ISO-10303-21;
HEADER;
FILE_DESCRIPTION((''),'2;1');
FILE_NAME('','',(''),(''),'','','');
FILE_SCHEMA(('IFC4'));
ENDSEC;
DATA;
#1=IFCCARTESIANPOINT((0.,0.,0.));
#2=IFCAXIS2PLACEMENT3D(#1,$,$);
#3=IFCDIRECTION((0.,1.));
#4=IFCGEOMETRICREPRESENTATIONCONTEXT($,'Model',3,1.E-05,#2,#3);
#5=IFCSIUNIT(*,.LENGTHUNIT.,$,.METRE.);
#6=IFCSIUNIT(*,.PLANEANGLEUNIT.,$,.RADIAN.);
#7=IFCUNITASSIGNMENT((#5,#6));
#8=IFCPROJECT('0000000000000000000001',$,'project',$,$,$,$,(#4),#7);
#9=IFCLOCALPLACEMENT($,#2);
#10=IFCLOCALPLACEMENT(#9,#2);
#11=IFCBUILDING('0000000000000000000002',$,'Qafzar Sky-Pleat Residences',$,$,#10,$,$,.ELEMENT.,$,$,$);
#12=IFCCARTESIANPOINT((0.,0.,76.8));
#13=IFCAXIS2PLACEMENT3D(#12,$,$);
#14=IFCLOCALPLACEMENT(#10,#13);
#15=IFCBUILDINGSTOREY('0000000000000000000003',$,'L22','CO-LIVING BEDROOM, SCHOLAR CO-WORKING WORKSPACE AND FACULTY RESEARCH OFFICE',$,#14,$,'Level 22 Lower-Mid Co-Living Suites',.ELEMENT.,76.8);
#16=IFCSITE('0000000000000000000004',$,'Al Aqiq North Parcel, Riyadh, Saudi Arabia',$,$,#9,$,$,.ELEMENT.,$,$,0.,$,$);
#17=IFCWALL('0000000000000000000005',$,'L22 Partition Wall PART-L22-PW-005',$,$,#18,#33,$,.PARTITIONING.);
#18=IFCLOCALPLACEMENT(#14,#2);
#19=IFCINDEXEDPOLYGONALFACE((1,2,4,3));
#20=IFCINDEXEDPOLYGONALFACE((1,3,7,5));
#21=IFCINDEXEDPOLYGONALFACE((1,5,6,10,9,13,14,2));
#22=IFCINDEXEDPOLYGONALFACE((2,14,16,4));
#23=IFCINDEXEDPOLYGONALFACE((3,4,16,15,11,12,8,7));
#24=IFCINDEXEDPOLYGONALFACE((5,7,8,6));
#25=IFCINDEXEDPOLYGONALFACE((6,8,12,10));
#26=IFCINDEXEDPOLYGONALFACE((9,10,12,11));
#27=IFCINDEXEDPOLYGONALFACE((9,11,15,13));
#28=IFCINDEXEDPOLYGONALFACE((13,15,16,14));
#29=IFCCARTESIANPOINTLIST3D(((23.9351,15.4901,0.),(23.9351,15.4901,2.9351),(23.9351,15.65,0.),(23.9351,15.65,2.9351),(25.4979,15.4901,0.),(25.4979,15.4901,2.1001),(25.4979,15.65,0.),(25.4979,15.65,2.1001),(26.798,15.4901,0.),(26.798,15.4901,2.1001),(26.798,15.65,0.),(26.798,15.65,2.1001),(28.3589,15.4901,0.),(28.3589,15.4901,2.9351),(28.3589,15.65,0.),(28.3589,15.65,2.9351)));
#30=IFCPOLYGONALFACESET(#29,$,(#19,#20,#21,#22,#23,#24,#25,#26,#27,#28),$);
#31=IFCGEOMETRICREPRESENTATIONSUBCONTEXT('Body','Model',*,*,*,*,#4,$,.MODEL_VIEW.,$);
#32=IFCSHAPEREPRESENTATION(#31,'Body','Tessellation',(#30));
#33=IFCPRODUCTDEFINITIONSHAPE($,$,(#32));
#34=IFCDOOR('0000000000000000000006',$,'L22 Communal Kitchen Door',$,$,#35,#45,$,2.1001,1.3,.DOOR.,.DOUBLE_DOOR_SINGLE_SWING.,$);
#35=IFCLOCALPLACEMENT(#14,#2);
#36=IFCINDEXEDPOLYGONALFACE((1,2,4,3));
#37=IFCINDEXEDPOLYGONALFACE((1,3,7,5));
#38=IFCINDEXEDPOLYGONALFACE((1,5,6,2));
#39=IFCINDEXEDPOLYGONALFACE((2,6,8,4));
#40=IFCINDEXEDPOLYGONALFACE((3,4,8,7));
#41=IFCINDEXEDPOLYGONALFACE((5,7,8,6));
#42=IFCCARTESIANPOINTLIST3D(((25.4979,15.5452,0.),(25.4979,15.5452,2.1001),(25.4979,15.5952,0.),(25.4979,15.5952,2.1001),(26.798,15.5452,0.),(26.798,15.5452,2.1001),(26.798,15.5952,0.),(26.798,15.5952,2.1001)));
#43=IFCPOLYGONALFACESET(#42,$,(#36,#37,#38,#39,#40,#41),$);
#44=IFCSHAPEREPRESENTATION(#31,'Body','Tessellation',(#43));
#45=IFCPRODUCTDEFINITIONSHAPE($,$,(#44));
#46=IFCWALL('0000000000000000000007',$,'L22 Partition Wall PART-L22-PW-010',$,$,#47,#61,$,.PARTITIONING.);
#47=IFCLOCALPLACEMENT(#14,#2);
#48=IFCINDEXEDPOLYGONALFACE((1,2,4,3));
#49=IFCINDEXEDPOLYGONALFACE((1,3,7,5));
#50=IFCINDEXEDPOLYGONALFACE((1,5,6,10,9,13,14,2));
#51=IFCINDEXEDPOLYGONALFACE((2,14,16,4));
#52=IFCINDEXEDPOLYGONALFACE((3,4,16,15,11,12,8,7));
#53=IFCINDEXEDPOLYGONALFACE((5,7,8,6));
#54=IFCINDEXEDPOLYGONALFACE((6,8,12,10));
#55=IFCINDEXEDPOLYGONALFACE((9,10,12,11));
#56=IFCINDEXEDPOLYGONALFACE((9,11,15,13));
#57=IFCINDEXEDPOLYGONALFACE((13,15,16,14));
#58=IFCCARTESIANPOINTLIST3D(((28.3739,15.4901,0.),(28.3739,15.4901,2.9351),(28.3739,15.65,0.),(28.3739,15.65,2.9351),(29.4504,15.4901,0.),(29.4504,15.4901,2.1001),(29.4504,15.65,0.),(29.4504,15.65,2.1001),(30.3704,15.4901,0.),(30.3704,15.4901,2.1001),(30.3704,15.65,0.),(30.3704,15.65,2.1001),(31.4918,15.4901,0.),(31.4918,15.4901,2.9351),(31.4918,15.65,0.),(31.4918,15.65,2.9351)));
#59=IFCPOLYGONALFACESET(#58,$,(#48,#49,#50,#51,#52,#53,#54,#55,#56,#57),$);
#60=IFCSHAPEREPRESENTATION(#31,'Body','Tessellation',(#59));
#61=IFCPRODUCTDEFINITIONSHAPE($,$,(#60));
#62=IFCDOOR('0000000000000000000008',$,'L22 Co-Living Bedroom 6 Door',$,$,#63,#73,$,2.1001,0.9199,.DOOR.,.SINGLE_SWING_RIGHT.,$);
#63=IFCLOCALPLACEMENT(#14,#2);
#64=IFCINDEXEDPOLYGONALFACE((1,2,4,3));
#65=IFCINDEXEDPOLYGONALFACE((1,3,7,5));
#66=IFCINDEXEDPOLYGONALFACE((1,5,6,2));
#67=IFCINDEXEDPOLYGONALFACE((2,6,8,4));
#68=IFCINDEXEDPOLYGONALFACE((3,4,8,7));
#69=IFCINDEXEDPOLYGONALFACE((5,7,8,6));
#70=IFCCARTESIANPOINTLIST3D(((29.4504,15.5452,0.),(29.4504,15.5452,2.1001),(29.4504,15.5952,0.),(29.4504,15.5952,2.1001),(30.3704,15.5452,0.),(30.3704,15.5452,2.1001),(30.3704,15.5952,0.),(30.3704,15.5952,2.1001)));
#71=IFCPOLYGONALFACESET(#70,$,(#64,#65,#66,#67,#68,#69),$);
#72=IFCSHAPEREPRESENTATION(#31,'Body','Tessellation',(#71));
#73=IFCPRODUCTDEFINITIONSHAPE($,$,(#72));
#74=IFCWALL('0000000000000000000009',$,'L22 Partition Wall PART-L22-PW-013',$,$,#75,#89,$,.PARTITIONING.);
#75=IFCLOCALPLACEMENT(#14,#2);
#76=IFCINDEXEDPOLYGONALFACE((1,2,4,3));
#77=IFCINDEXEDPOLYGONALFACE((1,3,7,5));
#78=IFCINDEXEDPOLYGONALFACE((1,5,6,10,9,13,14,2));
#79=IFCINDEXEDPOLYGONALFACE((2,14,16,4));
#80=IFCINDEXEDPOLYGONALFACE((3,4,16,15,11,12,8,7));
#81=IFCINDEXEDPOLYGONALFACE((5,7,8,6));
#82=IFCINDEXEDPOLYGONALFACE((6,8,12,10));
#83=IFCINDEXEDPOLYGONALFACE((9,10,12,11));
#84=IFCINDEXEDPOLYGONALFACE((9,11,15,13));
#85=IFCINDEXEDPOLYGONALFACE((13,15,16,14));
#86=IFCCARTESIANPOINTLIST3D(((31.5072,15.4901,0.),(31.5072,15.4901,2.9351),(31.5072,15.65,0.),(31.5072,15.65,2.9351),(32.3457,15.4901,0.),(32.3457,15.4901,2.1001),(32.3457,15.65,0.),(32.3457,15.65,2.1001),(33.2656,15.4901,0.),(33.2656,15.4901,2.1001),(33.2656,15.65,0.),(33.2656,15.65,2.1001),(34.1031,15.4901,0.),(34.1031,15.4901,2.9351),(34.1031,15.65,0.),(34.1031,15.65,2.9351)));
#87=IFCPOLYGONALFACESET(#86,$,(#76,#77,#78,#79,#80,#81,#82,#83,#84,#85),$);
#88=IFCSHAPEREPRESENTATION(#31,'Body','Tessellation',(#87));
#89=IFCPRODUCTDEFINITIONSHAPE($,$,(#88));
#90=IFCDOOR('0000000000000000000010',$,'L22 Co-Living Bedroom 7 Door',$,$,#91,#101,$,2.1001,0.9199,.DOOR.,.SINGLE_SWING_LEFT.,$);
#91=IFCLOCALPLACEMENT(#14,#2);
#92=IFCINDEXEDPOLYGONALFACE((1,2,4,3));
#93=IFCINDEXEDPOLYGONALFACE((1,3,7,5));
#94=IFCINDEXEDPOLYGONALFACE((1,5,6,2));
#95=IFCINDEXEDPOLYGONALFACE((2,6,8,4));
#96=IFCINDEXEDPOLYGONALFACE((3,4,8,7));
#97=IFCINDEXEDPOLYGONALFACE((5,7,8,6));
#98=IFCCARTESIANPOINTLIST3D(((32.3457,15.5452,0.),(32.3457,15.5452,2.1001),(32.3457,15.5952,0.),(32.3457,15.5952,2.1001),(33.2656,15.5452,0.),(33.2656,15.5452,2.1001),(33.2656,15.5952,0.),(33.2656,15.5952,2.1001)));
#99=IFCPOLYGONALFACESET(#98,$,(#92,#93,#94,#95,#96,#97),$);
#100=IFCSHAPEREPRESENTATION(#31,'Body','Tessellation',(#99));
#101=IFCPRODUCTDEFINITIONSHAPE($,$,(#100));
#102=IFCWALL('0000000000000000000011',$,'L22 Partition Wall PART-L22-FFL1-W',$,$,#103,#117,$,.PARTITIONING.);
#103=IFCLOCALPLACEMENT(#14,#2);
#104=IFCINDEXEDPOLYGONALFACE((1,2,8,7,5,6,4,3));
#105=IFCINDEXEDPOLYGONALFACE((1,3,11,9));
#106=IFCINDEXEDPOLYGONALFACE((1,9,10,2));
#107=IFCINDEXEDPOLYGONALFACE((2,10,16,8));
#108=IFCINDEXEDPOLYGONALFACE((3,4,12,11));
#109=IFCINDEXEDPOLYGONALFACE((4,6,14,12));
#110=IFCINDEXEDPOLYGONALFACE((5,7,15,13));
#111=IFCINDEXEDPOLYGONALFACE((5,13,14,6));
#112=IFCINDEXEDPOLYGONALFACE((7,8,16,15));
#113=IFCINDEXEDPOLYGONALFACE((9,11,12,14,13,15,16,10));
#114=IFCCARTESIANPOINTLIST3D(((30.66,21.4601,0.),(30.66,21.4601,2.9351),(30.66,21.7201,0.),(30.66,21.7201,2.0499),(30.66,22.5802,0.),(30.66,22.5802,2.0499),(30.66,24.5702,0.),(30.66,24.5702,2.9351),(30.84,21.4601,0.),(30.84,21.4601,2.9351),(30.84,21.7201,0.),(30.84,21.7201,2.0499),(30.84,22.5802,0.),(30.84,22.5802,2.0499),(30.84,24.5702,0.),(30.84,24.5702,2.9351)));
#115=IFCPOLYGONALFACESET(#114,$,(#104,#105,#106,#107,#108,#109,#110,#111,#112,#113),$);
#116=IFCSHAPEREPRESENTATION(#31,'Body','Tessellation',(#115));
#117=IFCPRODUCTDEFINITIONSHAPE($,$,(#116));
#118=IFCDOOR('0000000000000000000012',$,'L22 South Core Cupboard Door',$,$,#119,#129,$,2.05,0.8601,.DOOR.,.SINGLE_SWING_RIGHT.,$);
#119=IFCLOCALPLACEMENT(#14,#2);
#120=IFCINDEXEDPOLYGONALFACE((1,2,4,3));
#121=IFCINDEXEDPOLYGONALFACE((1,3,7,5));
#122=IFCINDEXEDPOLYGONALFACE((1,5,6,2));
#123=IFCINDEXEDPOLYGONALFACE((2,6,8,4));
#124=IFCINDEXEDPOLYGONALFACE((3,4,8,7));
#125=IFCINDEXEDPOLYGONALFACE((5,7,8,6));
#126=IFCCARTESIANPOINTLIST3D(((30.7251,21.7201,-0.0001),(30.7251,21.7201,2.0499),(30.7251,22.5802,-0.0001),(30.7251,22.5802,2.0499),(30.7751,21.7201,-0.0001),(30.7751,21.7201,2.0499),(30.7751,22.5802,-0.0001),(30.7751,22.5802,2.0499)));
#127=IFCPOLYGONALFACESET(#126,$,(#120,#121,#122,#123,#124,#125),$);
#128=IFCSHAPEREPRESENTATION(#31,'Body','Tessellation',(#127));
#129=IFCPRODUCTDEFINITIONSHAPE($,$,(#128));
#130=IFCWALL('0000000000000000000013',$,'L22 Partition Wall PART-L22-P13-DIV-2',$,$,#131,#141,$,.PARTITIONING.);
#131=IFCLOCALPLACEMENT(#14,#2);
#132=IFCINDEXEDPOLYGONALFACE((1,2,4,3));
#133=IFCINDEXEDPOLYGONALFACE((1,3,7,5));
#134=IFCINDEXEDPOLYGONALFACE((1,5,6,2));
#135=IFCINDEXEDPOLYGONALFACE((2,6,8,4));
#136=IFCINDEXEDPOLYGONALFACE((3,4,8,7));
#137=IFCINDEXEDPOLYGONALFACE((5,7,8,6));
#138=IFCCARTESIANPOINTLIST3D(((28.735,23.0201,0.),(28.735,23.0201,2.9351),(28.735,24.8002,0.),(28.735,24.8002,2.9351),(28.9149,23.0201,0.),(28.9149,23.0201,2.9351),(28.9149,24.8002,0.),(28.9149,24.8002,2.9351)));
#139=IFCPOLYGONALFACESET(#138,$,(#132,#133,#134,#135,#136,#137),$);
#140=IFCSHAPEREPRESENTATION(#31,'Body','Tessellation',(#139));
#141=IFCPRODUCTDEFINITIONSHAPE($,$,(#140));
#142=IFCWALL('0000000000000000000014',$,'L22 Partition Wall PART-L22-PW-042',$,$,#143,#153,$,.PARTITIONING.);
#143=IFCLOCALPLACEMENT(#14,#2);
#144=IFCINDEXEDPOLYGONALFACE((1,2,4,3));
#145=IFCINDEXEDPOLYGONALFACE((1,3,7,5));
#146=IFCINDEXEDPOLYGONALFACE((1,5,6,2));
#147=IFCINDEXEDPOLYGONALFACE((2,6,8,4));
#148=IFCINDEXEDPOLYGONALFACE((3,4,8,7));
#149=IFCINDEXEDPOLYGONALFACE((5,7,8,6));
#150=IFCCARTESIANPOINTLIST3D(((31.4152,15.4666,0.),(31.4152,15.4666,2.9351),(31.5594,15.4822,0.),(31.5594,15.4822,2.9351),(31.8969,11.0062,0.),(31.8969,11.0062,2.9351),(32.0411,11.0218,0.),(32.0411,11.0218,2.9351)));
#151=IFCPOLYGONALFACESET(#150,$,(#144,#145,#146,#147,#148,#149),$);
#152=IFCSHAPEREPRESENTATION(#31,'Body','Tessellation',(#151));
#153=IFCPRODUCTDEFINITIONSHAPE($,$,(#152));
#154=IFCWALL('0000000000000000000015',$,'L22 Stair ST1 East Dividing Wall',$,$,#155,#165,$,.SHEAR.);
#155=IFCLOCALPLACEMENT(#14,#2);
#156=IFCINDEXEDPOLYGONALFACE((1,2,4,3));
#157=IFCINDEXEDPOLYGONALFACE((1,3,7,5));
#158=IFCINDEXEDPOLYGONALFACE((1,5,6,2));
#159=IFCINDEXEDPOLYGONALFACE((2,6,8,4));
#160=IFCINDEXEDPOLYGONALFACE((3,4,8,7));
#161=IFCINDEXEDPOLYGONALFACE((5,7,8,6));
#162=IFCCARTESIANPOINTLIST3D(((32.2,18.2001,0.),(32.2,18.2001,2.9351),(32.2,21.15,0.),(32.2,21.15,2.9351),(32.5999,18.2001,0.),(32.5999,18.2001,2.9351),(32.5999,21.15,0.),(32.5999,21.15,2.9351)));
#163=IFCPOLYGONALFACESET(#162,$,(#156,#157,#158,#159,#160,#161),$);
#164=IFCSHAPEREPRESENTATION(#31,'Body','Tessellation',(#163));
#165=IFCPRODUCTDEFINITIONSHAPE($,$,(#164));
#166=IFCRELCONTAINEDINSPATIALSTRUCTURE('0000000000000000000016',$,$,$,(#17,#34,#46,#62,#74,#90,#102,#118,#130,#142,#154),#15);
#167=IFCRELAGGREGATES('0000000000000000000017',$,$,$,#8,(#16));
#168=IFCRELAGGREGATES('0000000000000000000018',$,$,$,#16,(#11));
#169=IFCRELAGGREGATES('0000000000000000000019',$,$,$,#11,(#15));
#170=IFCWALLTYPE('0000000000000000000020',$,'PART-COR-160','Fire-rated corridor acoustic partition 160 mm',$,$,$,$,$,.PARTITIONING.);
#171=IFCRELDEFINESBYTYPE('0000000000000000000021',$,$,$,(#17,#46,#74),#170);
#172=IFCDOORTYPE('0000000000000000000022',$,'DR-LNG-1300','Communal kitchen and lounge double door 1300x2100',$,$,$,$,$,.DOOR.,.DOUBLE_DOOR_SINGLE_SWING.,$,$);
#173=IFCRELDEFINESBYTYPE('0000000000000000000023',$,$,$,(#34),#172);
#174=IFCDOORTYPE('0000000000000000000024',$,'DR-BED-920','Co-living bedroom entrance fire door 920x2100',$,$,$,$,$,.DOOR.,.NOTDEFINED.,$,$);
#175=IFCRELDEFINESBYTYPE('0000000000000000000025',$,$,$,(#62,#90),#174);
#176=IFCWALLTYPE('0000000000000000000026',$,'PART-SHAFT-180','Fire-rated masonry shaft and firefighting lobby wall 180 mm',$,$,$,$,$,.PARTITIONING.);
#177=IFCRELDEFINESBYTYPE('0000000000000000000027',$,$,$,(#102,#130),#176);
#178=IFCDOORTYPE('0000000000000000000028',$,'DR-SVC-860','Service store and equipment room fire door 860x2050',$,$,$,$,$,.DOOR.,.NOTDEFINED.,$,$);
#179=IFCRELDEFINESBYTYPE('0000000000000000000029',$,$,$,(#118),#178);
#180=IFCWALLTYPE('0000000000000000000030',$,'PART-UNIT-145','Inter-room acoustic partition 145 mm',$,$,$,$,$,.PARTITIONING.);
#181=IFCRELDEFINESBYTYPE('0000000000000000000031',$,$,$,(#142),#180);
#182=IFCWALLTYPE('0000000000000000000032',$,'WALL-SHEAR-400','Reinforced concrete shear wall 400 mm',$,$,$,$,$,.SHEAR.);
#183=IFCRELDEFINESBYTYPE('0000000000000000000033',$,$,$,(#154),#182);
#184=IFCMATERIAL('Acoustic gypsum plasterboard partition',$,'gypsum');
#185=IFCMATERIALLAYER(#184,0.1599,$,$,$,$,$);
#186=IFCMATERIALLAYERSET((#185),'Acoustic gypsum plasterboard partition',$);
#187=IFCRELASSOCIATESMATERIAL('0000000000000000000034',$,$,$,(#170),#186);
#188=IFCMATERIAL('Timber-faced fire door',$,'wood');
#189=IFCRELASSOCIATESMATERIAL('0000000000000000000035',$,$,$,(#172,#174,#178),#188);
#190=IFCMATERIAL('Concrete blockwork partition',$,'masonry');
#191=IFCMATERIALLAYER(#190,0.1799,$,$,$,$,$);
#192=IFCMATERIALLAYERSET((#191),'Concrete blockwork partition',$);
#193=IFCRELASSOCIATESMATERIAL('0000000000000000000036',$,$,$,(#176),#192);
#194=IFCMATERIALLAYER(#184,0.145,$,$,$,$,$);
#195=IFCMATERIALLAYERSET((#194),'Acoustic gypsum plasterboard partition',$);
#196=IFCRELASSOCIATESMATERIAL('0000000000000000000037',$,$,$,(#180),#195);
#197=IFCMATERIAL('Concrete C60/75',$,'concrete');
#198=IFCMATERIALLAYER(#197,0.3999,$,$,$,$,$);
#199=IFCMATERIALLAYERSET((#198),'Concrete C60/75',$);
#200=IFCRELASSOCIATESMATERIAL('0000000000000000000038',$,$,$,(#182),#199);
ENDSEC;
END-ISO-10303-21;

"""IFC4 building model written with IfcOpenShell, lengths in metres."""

from ifc_helpers import new_model, si_unit, direction, frame, frame_2d, origin, place, context, subcontext, project, spatial, rectangle, extrude, source, transform, mapped, material, layer, layer_set, type_object, element, fill, save


model = new_model("IFC4")

# Units and contexts
model_context = context("Model", 3, precision=1e-05, world=origin(), true_north=direction((0.0, 1.0)))
body_context = subcontext(model_context, "Body", "Model", "MODEL_VIEW")
ifc_project = project(units=[si_unit("LENGTHUNIT", "METRE"), si_unit("PLANEANGLEUNIT", "RADIAN")], contexts=[model_context])

# Site, building, storey
site_placement = place(None, origin())
site = spatial("IfcSite", under=ifc_project, at=site_placement, Name="Al Aqiq North Parcel, Riyadh, Saudi Arabia", CompositionType="ELEMENT", RefElevation=0.0)
building_placement = place(site_placement, origin())
building = spatial("IfcBuilding", under=site, at=building_placement, Name="Qafzar Sky-Pleat Residences", CompositionType="ELEMENT")
storey_placement = place(building_placement, frame((0.0, 0.0, 76.8)))
storey = spatial("IfcBuildingStorey", under=building, at=storey_placement, Name="L22", Description="CO-LIVING BEDROOM, SCHOLAR CO-WORKING WORKSPACE AND FACULTY RESEARCH OFFICE", LongName="Level 22 Lower-Mid Co-Living Suites", CompositionType="ELEMENT", Elevation=76.8)

# Walls, openings, doors
ifc_material_1 = material(Name="Acoustic gypsum plasterboard partition", Category="gypsum")
ifc_layer_1 = layer(ifc_material_1, 0.1599)
ifc_layer_set_1 = layer_set([ifc_layer_1], Name="Acoustic gypsum plasterboard partition")
wall_type_1 = type_object("IfcWallType", Name="PART-COR-160", Description="Fire-rated corridor acoustic partition 160 mm", PredefinedType="PARTITIONING", material=ifc_layer_set_1)
wall_1_placement = place(storey_placement, frame((28.3589, 15.5701, 0.0), z_axis=(0.0, 0.0, 1.0), x_axis=(-1.0, 0.0, 0.0)))
wall_1 = element("IfcWall", 1, at=wall_1_placement, inside=storey, type_object=wall_type_1, Name="L22 Partition Wall PART-L22-PW-005", PredefinedType="PARTITIONING", context=body_context, shape_type="SweptSolid", body=[
    extrude(rectangle(XDim=4.4238, YDim=0.1599, at=frame_2d((2.2119, 0.0))), origin(), (0.0, 0.0, 1.0), 2.9351),
])
opening_1_placement = place(wall_1_placement, frame((1.561, 0.0, 0.0)))
opening_1 = element("IfcOpeningElement", 2, at=opening_1_placement, cuts=wall_1, PredefinedType="OPENING", context=body_context, shape_type="SweptSolid", body=[
    extrude(rectangle(XDim=1.3, YDim=2.1001, at=frame_2d((0.6499, 1.05))), frame((0.0, 0.0898, 0.0), z_axis=(0.0, -1.0, 0.0), x_axis=(1.0, 0.0, 0.0)), (0.0, 0.0, 1.0), 0.1799),
])
ifc_material_2 = material(Name="Timber-faced fire door", Category="wood")
door_type_1 = type_object("IfcDoorType", Name="DR-LNG-1300", Description="Communal kitchen and lounge double door 1300x2100", OperationType="DOUBLE_DOOR_SINGLE_SWING", PredefinedType="DOOR", material=ifc_material_2)
shared_shape_1 = source(origin(), body_context, "Body", "SweptSolid", [
    extrude(rectangle(XDim=1.3, YDim=2.1001, at=frame_2d((0.6499, 1.05))), frame((0.0, 0.0249, 0.0), z_axis=(0.0, -1.0, 0.0), x_axis=(1.0, 0.0, 0.0)), (0.0, 0.0, 1.0), 0.05),
])
door_1_placement = place(opening_1_placement, origin())
door_1 = element("IfcDoor", 3, at=door_1_placement, inside=storey, type_object=door_type_1, Name="L22 Communal Kitchen Door", OperationType="DOUBLE_DOOR_SINGLE_SWING", OverallHeight=2.1001, OverallWidth=1.3, PredefinedType="DOOR", context=body_context, shape_type="MappedRepresentation", body=[
    mapped(shared_shape_1, transform((0.0, 0.0, 0.0), x_axis=(1.0, 0.0, 0.0), y_axis=(0.0, 1.0, 0.0), z_axis=(0.0, 0.0, 1.0), scale=1.0)),
])
fill(opening_1, door_1)
wall_2_placement = place(storey_placement, frame((31.4919, 15.5701, 0.0), z_axis=(0.0, 0.0, 1.0), x_axis=(-1.0, 0.0, 0.0)))
wall_2 = element("IfcWall", 4, at=wall_2_placement, inside=storey, type_object=wall_type_1, Name="L22 Partition Wall PART-L22-PW-010", PredefinedType="PARTITIONING", context=body_context, shape_type="SweptSolid", body=[
    extrude(rectangle(XDim=3.1179, YDim=0.1599, at=frame_2d((1.5591, 0.0))), origin(), (0.0, 0.0, 1.0), 2.9351),
])
opening_2_placement = place(wall_2_placement, frame((1.1216, 0.0, 0.0)))
opening_2 = element("IfcOpeningElement", 5, at=opening_2_placement, cuts=wall_2, PredefinedType="OPENING", context=body_context, shape_type="SweptSolid", body=[
    extrude(rectangle(XDim=0.9199, YDim=2.1001, at=frame_2d((0.46, 1.05))), frame((0.0, 0.0898, 0.0), z_axis=(0.0, -1.0, 0.0), x_axis=(1.0, 0.0, 0.0)), (0.0, 0.0, 1.0), 0.1799),
])
door_type_2 = type_object("IfcDoorType", Name="DR-BED-920", Description="Co-living bedroom entrance fire door 920x2100", OperationType="NOTDEFINED", PredefinedType="DOOR", material=ifc_material_2)
shared_shape_2 = source(origin(), body_context, "Body", "SweptSolid", [
    extrude(rectangle(XDim=0.9199, YDim=2.1001, at=frame_2d((0.46, 1.05))), frame((0.0, 0.0249, 0.0), z_axis=(0.0, -1.0, 0.0), x_axis=(1.0, 0.0, 0.0)), (0.0, 0.0, 1.0), 0.05),
])
door_2_placement = place(opening_2_placement, origin())
door_2 = element("IfcDoor", 6, at=door_2_placement, inside=storey, type_object=door_type_2, Name="L22 Co-Living Bedroom 6 Door", OperationType="SINGLE_SWING_RIGHT", OverallHeight=2.1001, OverallWidth=0.9199, PredefinedType="DOOR", context=body_context, shape_type="MappedRepresentation", body=[
    mapped(shared_shape_2, transform((0.0, 0.0, 0.0), x_axis=(1.0, 0.0, 0.0), y_axis=(0.0, 1.0, 0.0), z_axis=(0.0, 0.0, 1.0), scale=1.0)),
])
fill(opening_2, door_2)
wall_3_placement = place(storey_placement, frame((34.103, 15.5701, 0.0), z_axis=(0.0, 0.0, 1.0), x_axis=(-1.0, 0.0, 0.0)))
wall_3 = element("IfcWall", 7, at=wall_3_placement, inside=storey, type_object=wall_type_1, Name="L22 Partition Wall PART-L22-PW-013", PredefinedType="PARTITIONING", context=body_context, shape_type="SweptSolid", body=[
    extrude(rectangle(XDim=2.5959, YDim=0.1599, at=frame_2d((1.2979, 0.0))), origin(), (0.0, 0.0, 1.0), 2.9351),
])
opening_3_placement = place(wall_3_placement, frame((0.8374, 0.0, 0.0)))
opening_3 = element("IfcOpeningElement", 8, at=opening_3_placement, cuts=wall_3, PredefinedType="OPENING", context=body_context, shape_type="SweptSolid", body=[
    extrude(rectangle(XDim=0.9199, YDim=2.1001, at=frame_2d((0.46, 1.05))), frame((0.0, 0.0898, 0.0), z_axis=(0.0, -1.0, 0.0), x_axis=(1.0, 0.0, 0.0)), (0.0, 0.0, 1.0), 0.1799),
])
door_3_placement = place(opening_3_placement, origin())
door_3 = element("IfcDoor", 9, at=door_3_placement, inside=storey, type_object=door_type_2, Name="L22 Co-Living Bedroom 7 Door", OperationType="SINGLE_SWING_LEFT", OverallHeight=2.1001, OverallWidth=0.9199, PredefinedType="DOOR", context=body_context, shape_type="MappedRepresentation", body=[
    mapped(shared_shape_2, transform((0.0, 0.0, 0.0), x_axis=(1.0, 0.0, 0.0), y_axis=(0.0, 1.0, 0.0), z_axis=(0.0, 0.0, 1.0), scale=1.0)),
])
fill(opening_3, door_3)
ifc_material_3 = material(Name="Concrete blockwork partition", Category="masonry")
ifc_layer_2 = layer(ifc_material_3, 0.1799)
ifc_layer_set_2 = layer_set([ifc_layer_2], Name="Concrete blockwork partition")
wall_type_2 = type_object("IfcWallType", Name="PART-SHAFT-180", Description="Fire-rated masonry shaft and firefighting lobby wall 180 mm", PredefinedType="PARTITIONING", material=ifc_layer_set_2)
wall_4_placement = place(storey_placement, frame((30.75, 21.46, 0.0), z_axis=(0.0, 0.0, 1.0), x_axis=(0.0, 1.0, 0.0)))
wall_4 = element("IfcWall", 10, at=wall_4_placement, inside=storey, type_object=wall_type_2, Name="L22 Partition Wall PART-L22-FFL1-W", PredefinedType="PARTITIONING", context=body_context, shape_type="SweptSolid", body=[
    extrude(rectangle(XDim=3.1101, YDim=0.1799, at=frame_2d((1.5552, 0.0))), origin(), (0.0, 0.0, 1.0), 2.9351),
])
opening_4_placement = place(wall_4_placement, frame((0.26, 0.0, 0.0)))
opening_4 = element("IfcOpeningElement", 11, at=opening_4_placement, cuts=wall_4, PredefinedType="OPENING", context=body_context, shape_type="SweptSolid", body=[
    extrude(rectangle(XDim=0.8601, YDim=2.05, at=frame_2d((0.4302, 1.0249))), frame((0.0, 0.1001, 0.0), z_axis=(0.0, -1.0, 0.0), x_axis=(1.0, 0.0, 0.0)), (0.0, 0.0, 1.0), 0.2),
])
door_type_3 = type_object("IfcDoorType", Name="DR-SVC-860", Description="Service store and equipment room fire door 860x2050", OperationType="NOTDEFINED", PredefinedType="DOOR", material=ifc_material_2)
shared_shape_3 = source(origin(), body_context, "Body", "SweptSolid", [
    extrude(rectangle(XDim=0.8601, YDim=2.05, at=frame_2d((0.4302, 1.0249))), frame((0.0, 0.0249, 0.0), z_axis=(0.0, -1.0, 0.0), x_axis=(1.0, 0.0, 0.0)), (0.0, 0.0, 1.0), 0.05),
])
door_4_placement = place(opening_4_placement, origin())
door_4 = element("IfcDoor", 12, at=door_4_placement, inside=storey, type_object=door_type_3, Name="L22 South Core Cupboard Door", OperationType="SINGLE_SWING_RIGHT", OverallHeight=2.05, OverallWidth=0.8601, PredefinedType="DOOR", context=body_context, shape_type="MappedRepresentation", body=[
    mapped(shared_shape_3, transform((0.0, 0.0, 0.0), x_axis=(1.0, 0.0, 0.0), y_axis=(0.0, 1.0, 0.0), z_axis=(0.0, 0.0, 1.0), scale=1.0)),
])
fill(opening_4, door_4)

# Walls
wall_5_placement = place(storey_placement, frame((28.825, 23.02, 0.0), z_axis=(0.0, 0.0, 1.0), x_axis=(0.0, 1.0, 0.0)))
element("IfcWall", 13, at=wall_5_placement, inside=storey, type_object=wall_type_2, Name="L22 Partition Wall PART-L22-P13-DIV-2", PredefinedType="PARTITIONING", context=body_context, shape_type="SweptSolid", body=[
    extrude(rectangle(XDim=1.78, YDim=0.1799, at=frame_2d((0.8901, 0.0))), origin(), (0.0, 0.0, 1.0), 2.9351),
])
ifc_layer_3 = layer(ifc_material_1, 0.145)
ifc_layer_set_3 = layer_set([ifc_layer_3], Name="Acoustic gypsum plasterboard partition")
wall_type_3 = type_object("IfcWallType", Name="PART-UNIT-145", Description="Inter-room acoustic partition 145 mm", PredefinedType="PARTITIONING", material=ifc_layer_set_3)
wall_6_placement = place(storey_placement, frame((31.4873, 15.4744, 0.0), z_axis=(0.0, 0.0, 1.0), x_axis=(0.107367, -0.994219, 0.0)))
element("IfcWall", 14, at=wall_6_placement, inside=storey, type_object=wall_type_3, Name="L22 Partition Wall PART-L22-PW-042", PredefinedType="PARTITIONING", context=body_context, shape_type="SweptSolid", body=[
    extrude(rectangle(XDim=4.4863, YDim=0.145, at=frame_2d((2.2432, 0.0))), origin(), (0.0, 0.0, 1.0), 2.9351),
])
ifc_material_4 = material(Name="Concrete C60/75", Category="concrete")
ifc_layer_4 = layer(ifc_material_4, 0.3999)
ifc_layer_set_4 = layer_set([ifc_layer_4], Name="Concrete C60/75")
wall_type_4 = type_object("IfcWallType", Name="WALL-SHEAR-400", Description="Reinforced concrete shear wall 400 mm", PredefinedType="SHEAR", material=ifc_layer_set_4)
wall_7_placement = place(storey_placement, frame((32.3999, 18.2, 0.0), z_axis=(0.0, 0.0, 1.0), x_axis=(0.0, 1.0, 0.0)))
element("IfcWall", 15, at=wall_7_placement, inside=storey, type_object=wall_type_4, Name="L22 Stair ST1 East Dividing Wall", PredefinedType="SHEAR", context=body_context, shape_type="SweptSolid", body=[
    extrude(rectangle(XDim=2.95, YDim=0.3999, at=frame_2d((1.4751, 0.0))), origin(), (0.0, 0.0, 1.0), 2.9351),
])

save(model, "model.ifc")
